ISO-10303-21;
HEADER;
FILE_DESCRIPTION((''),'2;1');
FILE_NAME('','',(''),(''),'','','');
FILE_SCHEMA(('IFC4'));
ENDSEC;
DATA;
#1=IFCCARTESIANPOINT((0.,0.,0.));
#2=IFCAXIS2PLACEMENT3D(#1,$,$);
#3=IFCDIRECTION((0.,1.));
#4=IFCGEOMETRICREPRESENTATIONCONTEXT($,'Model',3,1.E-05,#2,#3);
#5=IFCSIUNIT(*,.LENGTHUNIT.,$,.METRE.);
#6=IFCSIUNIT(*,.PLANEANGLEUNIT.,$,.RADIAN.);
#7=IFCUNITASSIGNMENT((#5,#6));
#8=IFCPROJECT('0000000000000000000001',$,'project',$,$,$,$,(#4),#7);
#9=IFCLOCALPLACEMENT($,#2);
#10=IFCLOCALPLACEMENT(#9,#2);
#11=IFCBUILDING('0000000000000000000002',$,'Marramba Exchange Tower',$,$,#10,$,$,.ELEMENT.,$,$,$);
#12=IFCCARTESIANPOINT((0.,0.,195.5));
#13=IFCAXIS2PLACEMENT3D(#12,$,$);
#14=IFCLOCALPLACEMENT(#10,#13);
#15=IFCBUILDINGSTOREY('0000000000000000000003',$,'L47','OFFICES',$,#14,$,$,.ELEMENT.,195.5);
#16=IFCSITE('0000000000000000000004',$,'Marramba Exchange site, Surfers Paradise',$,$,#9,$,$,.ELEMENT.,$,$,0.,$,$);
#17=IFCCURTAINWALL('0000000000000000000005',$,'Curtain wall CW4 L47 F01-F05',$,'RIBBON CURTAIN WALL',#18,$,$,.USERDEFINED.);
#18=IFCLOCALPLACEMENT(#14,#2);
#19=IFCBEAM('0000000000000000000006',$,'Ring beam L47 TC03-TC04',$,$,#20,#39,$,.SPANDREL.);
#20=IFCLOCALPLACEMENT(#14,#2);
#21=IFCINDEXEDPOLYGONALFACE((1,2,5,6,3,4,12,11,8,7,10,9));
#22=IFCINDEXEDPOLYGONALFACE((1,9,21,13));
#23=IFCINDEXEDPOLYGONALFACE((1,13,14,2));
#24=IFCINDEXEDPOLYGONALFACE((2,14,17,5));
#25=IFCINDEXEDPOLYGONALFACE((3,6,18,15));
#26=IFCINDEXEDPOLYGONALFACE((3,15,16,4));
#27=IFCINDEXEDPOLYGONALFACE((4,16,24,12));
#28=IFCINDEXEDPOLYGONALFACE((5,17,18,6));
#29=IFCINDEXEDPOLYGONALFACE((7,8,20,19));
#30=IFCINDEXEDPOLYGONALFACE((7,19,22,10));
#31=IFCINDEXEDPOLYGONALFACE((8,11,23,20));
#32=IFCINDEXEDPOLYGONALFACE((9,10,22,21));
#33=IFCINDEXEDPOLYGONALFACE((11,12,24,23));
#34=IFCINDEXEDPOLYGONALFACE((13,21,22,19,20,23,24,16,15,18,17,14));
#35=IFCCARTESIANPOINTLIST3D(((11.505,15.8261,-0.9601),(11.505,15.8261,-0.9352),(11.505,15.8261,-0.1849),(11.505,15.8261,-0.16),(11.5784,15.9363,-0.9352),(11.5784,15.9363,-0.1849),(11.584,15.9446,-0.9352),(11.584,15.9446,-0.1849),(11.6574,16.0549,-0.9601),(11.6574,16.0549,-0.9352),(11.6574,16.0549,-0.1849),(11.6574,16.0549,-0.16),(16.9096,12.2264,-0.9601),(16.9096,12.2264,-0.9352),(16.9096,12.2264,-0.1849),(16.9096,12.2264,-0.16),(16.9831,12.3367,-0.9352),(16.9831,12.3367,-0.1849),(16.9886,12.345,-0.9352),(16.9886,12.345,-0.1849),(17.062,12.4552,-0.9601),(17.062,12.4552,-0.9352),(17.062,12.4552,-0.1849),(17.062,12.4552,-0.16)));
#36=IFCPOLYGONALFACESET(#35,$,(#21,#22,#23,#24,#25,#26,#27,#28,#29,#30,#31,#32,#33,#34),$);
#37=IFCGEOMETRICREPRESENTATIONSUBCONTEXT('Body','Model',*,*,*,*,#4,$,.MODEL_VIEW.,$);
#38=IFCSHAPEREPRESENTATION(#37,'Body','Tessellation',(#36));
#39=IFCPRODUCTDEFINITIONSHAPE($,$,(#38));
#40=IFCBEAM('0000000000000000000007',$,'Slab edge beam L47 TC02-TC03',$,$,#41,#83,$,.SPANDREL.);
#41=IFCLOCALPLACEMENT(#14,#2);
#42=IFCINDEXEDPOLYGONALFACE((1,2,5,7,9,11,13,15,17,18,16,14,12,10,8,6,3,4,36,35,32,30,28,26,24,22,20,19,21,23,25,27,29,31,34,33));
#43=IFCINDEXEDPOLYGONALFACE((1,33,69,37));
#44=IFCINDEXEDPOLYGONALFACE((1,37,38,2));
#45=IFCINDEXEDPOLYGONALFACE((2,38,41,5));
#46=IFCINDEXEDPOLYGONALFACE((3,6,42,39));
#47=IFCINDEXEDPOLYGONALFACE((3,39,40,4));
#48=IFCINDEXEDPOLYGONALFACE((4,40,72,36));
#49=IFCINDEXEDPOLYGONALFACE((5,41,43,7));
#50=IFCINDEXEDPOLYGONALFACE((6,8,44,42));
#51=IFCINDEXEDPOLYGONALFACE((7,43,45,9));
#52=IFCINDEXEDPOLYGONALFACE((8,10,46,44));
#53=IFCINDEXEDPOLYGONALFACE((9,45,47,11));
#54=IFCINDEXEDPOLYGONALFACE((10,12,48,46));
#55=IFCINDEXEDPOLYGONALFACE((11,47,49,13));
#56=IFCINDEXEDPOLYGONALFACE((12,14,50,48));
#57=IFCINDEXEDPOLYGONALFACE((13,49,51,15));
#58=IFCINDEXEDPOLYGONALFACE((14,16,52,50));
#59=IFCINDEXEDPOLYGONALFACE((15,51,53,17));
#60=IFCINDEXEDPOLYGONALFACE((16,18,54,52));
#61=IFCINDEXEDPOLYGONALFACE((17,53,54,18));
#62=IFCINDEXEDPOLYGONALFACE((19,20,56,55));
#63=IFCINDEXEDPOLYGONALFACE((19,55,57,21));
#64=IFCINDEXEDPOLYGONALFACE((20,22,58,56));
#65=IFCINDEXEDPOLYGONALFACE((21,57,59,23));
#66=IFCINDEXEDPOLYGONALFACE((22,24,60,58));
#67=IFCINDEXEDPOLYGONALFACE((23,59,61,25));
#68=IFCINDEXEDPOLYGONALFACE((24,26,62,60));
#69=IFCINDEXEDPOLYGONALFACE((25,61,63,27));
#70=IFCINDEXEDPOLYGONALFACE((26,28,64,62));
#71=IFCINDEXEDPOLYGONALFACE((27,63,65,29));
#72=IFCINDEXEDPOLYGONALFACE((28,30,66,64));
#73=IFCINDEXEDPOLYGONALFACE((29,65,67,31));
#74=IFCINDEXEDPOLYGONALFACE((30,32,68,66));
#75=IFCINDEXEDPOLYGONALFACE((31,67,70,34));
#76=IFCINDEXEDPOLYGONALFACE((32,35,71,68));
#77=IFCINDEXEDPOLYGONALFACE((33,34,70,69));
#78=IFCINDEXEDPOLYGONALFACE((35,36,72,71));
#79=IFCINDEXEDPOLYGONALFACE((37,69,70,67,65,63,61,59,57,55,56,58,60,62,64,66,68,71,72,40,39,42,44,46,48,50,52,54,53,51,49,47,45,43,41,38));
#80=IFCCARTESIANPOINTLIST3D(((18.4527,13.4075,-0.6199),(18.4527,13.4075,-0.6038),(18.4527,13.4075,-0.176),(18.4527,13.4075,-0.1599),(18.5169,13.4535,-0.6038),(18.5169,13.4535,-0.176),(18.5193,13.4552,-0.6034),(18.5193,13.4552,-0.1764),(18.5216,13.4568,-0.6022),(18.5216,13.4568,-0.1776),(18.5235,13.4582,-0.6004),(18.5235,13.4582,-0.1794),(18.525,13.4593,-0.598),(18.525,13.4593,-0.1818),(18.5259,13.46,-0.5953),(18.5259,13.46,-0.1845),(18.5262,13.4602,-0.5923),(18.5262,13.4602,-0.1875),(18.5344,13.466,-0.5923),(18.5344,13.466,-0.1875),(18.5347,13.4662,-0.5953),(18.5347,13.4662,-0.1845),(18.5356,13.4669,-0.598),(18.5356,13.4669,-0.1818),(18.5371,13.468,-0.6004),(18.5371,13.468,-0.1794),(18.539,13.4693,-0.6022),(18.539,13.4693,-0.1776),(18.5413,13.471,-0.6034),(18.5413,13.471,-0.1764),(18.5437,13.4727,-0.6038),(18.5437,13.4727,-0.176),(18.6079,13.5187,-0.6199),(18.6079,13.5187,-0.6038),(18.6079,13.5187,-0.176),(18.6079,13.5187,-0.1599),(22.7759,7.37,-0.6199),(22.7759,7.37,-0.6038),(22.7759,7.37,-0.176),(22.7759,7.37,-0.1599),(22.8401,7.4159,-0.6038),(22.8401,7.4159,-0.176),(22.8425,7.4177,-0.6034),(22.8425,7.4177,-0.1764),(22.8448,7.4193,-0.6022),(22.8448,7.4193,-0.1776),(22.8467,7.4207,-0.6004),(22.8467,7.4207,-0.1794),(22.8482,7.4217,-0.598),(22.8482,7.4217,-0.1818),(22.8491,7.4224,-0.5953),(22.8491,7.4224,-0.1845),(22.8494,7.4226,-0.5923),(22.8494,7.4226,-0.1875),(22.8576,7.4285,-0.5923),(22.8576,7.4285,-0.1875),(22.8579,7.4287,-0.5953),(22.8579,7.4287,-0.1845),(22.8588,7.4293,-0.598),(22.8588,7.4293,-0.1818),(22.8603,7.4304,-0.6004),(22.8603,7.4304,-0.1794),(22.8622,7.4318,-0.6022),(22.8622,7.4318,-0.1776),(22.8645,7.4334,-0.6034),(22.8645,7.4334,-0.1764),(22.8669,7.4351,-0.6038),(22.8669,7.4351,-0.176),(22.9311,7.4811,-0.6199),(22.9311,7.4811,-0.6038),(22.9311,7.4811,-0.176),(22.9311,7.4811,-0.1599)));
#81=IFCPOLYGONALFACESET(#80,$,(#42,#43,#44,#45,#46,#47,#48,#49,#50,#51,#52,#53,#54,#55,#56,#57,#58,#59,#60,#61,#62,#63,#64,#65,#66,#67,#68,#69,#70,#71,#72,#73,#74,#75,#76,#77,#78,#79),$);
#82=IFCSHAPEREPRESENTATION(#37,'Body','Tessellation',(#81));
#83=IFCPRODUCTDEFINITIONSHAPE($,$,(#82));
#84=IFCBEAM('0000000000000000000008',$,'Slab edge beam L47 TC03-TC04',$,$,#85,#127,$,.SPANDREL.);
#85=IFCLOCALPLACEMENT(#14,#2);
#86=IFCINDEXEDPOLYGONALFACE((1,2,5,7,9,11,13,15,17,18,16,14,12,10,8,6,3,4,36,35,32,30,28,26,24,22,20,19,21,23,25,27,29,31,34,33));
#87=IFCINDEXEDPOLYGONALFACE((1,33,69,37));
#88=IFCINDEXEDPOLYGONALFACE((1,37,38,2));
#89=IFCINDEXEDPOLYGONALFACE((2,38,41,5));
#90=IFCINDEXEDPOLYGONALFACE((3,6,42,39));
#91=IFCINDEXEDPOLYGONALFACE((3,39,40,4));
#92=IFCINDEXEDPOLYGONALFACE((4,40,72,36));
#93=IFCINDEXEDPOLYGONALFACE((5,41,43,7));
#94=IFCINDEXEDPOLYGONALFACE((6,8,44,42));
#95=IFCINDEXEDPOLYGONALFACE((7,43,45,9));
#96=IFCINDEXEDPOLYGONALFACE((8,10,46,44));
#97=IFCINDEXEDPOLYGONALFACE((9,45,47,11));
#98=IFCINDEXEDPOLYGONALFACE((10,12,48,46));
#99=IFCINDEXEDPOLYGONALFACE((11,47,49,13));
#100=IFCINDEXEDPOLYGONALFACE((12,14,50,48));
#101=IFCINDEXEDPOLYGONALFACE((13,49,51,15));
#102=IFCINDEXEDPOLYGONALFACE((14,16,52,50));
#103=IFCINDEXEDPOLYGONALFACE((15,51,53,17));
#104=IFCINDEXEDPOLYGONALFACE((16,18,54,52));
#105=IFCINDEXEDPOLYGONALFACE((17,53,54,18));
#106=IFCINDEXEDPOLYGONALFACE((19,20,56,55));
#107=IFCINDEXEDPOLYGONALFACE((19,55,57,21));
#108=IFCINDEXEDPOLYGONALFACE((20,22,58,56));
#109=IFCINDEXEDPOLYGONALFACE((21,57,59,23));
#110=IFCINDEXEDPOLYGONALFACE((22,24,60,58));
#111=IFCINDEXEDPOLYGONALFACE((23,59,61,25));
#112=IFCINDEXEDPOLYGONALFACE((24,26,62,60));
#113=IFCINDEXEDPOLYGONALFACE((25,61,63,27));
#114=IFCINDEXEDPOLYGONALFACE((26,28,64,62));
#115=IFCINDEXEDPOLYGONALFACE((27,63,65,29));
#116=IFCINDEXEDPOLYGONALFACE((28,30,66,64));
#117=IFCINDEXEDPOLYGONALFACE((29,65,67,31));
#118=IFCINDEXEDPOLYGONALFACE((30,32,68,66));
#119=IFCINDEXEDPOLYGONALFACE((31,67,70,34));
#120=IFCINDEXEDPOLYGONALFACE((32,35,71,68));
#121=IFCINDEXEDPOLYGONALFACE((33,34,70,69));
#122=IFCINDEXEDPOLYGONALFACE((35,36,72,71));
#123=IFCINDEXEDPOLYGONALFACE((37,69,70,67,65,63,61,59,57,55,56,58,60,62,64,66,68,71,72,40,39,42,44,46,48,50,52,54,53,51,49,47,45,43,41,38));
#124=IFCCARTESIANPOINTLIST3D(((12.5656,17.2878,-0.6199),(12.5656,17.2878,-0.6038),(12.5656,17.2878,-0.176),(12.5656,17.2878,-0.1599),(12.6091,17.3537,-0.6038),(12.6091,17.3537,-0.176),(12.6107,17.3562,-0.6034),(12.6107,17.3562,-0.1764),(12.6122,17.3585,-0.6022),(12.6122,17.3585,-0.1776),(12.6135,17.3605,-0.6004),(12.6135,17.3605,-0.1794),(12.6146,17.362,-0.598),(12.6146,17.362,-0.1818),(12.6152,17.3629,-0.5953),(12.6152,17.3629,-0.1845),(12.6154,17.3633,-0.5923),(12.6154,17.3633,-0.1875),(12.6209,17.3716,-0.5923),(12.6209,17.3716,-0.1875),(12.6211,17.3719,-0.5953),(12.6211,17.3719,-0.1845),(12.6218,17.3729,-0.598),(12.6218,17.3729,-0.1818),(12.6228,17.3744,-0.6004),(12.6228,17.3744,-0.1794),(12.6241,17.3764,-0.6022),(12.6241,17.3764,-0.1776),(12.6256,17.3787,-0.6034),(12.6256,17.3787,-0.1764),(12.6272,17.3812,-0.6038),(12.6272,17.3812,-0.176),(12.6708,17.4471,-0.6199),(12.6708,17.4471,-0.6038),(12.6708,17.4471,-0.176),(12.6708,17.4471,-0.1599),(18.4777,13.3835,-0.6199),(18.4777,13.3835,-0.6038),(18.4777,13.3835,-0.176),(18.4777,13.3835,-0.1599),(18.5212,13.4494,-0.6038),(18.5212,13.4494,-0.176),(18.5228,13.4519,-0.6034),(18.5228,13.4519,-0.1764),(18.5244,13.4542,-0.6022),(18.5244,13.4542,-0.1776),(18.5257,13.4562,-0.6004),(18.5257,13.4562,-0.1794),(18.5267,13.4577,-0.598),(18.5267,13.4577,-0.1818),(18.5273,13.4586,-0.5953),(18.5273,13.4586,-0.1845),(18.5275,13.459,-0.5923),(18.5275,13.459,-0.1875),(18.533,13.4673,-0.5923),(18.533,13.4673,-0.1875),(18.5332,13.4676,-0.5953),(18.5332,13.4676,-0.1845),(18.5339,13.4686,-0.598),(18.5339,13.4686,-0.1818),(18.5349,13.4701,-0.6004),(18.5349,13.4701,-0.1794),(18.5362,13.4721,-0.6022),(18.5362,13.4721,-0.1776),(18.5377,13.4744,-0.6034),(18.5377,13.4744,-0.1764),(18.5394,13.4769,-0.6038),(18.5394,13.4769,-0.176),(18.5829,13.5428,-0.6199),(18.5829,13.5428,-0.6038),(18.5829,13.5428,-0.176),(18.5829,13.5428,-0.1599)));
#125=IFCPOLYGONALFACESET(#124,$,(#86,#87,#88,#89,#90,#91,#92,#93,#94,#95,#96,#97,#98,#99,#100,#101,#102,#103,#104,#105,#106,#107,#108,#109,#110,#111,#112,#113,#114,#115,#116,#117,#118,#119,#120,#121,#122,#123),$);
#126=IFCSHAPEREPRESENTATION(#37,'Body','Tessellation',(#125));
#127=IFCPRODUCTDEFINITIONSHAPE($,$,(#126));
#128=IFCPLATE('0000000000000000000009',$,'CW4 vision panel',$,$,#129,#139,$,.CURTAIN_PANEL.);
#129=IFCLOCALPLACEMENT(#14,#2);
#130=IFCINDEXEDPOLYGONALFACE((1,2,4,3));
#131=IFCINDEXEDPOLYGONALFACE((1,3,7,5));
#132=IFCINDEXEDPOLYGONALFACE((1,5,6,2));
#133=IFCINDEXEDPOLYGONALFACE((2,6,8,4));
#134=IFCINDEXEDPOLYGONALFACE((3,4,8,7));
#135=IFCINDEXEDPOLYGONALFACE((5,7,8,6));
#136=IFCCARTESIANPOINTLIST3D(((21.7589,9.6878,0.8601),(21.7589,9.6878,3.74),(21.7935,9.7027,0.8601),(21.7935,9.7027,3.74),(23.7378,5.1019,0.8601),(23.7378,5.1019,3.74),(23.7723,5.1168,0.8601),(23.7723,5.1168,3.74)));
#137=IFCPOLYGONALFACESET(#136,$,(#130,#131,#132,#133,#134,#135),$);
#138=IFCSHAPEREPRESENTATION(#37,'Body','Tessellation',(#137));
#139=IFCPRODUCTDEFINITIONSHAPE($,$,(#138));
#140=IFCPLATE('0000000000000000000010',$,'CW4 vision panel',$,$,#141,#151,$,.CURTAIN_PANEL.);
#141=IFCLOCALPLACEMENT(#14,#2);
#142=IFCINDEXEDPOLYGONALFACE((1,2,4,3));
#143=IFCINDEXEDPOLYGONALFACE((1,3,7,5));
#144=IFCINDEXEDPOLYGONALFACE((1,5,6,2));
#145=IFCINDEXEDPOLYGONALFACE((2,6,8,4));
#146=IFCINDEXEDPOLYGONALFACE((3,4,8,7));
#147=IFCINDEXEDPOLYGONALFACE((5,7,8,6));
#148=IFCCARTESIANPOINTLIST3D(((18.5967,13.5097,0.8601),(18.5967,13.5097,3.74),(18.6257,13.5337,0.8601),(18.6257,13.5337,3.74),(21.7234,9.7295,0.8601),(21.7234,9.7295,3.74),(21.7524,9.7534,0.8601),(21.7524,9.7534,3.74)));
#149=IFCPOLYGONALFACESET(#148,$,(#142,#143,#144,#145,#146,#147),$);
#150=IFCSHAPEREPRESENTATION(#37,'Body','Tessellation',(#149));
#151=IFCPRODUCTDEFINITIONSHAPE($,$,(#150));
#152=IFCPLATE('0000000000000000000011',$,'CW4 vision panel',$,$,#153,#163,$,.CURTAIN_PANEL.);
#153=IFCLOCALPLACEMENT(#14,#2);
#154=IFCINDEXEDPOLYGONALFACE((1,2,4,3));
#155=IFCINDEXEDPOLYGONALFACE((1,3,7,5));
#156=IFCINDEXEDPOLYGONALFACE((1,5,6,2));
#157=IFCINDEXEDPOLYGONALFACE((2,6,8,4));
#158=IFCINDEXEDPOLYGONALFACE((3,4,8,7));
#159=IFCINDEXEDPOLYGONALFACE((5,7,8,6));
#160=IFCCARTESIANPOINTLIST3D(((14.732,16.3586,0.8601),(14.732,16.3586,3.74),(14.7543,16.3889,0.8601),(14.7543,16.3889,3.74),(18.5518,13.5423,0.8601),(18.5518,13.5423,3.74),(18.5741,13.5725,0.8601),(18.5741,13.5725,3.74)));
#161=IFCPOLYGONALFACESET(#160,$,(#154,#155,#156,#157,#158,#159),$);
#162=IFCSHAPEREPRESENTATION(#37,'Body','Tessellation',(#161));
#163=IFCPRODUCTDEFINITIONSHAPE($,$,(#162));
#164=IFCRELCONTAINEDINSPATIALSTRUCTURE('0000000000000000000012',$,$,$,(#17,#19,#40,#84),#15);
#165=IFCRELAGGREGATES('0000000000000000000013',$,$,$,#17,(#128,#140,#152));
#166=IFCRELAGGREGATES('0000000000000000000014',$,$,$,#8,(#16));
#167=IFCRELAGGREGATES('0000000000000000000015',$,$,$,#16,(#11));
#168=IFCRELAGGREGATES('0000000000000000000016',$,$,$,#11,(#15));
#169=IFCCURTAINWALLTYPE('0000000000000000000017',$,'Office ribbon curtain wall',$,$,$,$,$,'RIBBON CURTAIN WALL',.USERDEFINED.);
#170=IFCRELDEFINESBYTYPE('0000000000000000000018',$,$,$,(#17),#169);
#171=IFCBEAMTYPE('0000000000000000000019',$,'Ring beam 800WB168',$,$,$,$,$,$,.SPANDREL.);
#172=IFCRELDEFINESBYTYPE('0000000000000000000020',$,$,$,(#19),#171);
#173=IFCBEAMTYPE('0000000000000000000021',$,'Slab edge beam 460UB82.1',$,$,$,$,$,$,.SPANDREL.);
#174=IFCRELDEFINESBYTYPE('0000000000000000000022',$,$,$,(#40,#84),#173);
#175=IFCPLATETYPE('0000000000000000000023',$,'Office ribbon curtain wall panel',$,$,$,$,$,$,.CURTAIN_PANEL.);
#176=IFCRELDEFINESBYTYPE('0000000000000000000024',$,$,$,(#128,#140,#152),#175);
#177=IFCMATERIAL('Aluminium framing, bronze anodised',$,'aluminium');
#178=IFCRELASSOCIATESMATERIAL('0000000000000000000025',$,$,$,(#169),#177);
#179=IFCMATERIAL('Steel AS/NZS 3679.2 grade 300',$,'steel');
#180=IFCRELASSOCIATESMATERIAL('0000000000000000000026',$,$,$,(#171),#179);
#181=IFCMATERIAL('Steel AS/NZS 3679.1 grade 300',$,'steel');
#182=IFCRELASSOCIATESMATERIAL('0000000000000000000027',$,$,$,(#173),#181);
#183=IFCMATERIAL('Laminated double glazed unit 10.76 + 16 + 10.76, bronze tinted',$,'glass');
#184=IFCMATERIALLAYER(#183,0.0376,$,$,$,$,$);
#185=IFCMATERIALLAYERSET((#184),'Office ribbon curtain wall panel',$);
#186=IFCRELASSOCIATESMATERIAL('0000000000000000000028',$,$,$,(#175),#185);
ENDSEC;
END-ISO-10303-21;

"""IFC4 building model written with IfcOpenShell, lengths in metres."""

from ifc_helpers import new_model, si_unit, direction, frame, origin, origin_2d, place, context, subcontext, project, spatial, rectangle, i_section, extrude, material, layer, layer_set, material_profile, profile_set, type_object, element, aggregate, save


model = new_model("IFC4")

# Units and contexts
model_context = context("Model", 3, precision=1e-05, world=origin(), true_north=direction((0.0, 1.0)))
body_context = subcontext(model_context, "Body", "Model", "MODEL_VIEW")
ifc_project = project(units=[si_unit("LENGTHUNIT", "METRE"), si_unit("PLANEANGLEUNIT", "RADIAN")], contexts=[model_context])

# Site, building, storey
site_placement = place(None, origin())
site = spatial("IfcSite", under=ifc_project, at=site_placement, Name="Marramba Exchange site, Surfers Paradise", CompositionType="ELEMENT", RefElevation=0.0)
building_placement = place(site_placement, origin())
building = spatial("IfcBuilding", under=site, at=building_placement, Name="Marramba Exchange Tower", CompositionType="ELEMENT")
storey_placement = place(building_placement, frame((0.0, 0.0, 195.5)))
storey = spatial("IfcBuildingStorey", under=building, at=storey_placement, Name="L47", Description="OFFICES", CompositionType="ELEMENT", Elevation=195.5)

# Shared definitions
ifc_material_1 = material(Name="Steel AS/NZS 3679.2 grade 300", Category="steel")
ifc_material_2 = material(Name="Steel AS/NZS 3679.1 grade 300", Category="steel")

# Curtain wall
ifc_material_3 = material(Name="Aluminium framing, bronze anodised", Category="aluminium")
curtain_wall_type = type_object("IfcCurtainWallType", Name="Office ribbon curtain wall", ElementType="RIBBON CURTAIN WALL", PredefinedType="USERDEFINED", material=ifc_material_3)
curtain_wall_placement = place(storey_placement, origin())
curtain_wall = element("IfcCurtainWall", 1, at=curtain_wall_placement, inside=storey, type_object=curtain_wall_type, Name="Curtain wall CW4 L47 F01-F05", ObjectType="RIBBON CURTAIN WALL", PredefinedType="USERDEFINED")

# Beams
ifc_material_profile_1 = material_profile(ifc_material_1, i_section(OverallWidth=0.2749, OverallDepth=0.8, WebThickness=0.01, FlangeThickness=0.0249, at=origin_2d()), Name="800WB168")
ifc_profile_set_1 = profile_set([ifc_material_profile_1], Name="Steel AS/NZS 3679.2 grade 300")
beam_type_1 = type_object("IfcBeamType", Name="Ring beam 800WB168", PredefinedType="SPANDREL", material=ifc_profile_set_1)
beam_1_placement = place(storey_placement, frame((16.9858, 12.3408, -0.5601), z_axis=(-0.832293, 0.554336, 0.0), x_axis=(-0.554336, -0.832293, 0.0)))
element("IfcBeam", 2, at=beam_1_placement, inside=storey, type_object=beam_type_1, Name="Ring beam L47 TC03-TC04", PredefinedType="SPANDREL", context=body_context, shape_type="SweptSolid", body=[
    extrude(i_section(OverallWidth=0.2749, OverallDepth=0.8, WebThickness=0.01, FlangeThickness=0.0249, at=origin_2d()), origin(), (0.0, 0.0, 1.0), 6.4937),
])
ifc_material_profile_2 = material_profile(ifc_material_2, i_section(OverallWidth=0.1909, OverallDepth=0.46, WebThickness=0.01, FlangeThickness=0.0161, FilletRadius=0.0115, at=origin_2d()), Name="460UB82.1")
ifc_profile_set_2 = profile_set([ifc_material_profile_2], Name="Steel AS/NZS 3679.1 grade 300")
beam_type_2 = type_object("IfcBeamType", Name="Slab edge beam 460UB82.1", PredefinedType="SPANDREL", material=ifc_profile_set_2)
beam_2_placement = place(storey_placement, frame((22.8535, 7.4255, -0.3899), z_axis=(-0.582189, 0.813053, 0.0), x_axis=(-0.813053, -0.582189, 0.0)))
element("IfcBeam", 3, at=beam_2_placement, inside=storey, type_object=beam_type_2, Name="Slab edge beam L47 TC02-TC03", PredefinedType="SPANDREL", context=body_context, shape_type="SweptSolid", body=[
    extrude(i_section(OverallWidth=0.1909, OverallDepth=0.46, WebThickness=0.01, FlangeThickness=0.0161, FilletRadius=0.0115, at=origin_2d()), origin(), (0.0, 0.0, 1.0), 7.4258),
])
beam_3_placement = place(storey_placement, frame((18.5303, 13.4631, -0.3899), z_axis=(-0.83446, 0.551069, 0.0), x_axis=(-0.551069, -0.83446, 0.0)))
element("IfcBeam", 4, at=beam_3_placement, inside=storey, type_object=beam_type_2, Name="Slab edge beam L47 TC03-TC04", PredefinedType="SPANDREL", context=body_context, shape_type="SweptSolid", body=[
    extrude(i_section(OverallWidth=0.1909, OverallDepth=0.46, WebThickness=0.01, FlangeThickness=0.0161, FilletRadius=0.0115, at=origin_2d()), origin(), (0.0, 0.0, 1.0), 7.085),
])

# Plates
ifc_material_4 = material(Name="Laminated double glazed unit 10.76 + 16 + 10.76, bronze tinted", Category="glass")
ifc_layer_1 = layer(ifc_material_4, 0.0376)
ifc_layer_set_1 = layer_set([ifc_layer_1], Name="Office ribbon curtain wall panel")
plate_type = type_object("IfcPlateType", Name="Office ribbon curtain wall panel", PredefinedType="CURTAIN_PANEL", material=ifc_layer_set_1)
plate_1_placement = place(storey_placement, frame((22.7656, 7.4023, 0.8601), z_axis=(0.0, 0.0, 1.0), x_axis=(-0.396193, 0.918167, 0.0)))
plate_1 = element("IfcPlate", 5, at=plate_1_placement, type_object=plate_type, Name="CW4 vision panel", PredefinedType="CURTAIN_PANEL", context=body_context, shape_type="SweptSolid", body=[
    extrude(rectangle(XDim=4.9946, YDim=0.0376, at=origin_2d()), origin(), (0.0, 0.0, 1.0), 2.8799),
])
plate_2_placement = place(storey_placement, frame((20.1746, 11.6316, 0.8601), z_axis=(0.0, 0.0, 1.0), x_axis=(-0.63735, 0.770574, 0.0)))
plate_2 = element("IfcPlate", 6, at=plate_2_placement, type_object=plate_type, Name="CW4 vision panel", PredefinedType="CURTAIN_PANEL", context=body_context, shape_type="SweptSolid", body=[
    extrude(rectangle(XDim=4.9058, YDim=0.0376, at=origin_2d()), origin(), (0.0, 0.0, 1.0), 2.8799),
])
plate_3_placement = place(storey_placement, frame((16.6531, 14.9656, 0.8601), z_axis=(0.0, 0.0, 1.0), x_axis=(-0.804877, 0.593441, 0.0)))
plate_3 = element("IfcPlate", 7, at=plate_3_placement, type_object=plate_type, Name="CW4 vision panel", PredefinedType="CURTAIN_PANEL", context=body_context, shape_type="SweptSolid", body=[
    extrude(rectangle(XDim=4.7458, YDim=0.0376, at=origin_2d()), origin(), (0.0, 0.0, 1.0), 2.8799),
])
aggregate(curtain_wall, [plate_1, plate_2, plate_3])

save(model, "model.ifc")
